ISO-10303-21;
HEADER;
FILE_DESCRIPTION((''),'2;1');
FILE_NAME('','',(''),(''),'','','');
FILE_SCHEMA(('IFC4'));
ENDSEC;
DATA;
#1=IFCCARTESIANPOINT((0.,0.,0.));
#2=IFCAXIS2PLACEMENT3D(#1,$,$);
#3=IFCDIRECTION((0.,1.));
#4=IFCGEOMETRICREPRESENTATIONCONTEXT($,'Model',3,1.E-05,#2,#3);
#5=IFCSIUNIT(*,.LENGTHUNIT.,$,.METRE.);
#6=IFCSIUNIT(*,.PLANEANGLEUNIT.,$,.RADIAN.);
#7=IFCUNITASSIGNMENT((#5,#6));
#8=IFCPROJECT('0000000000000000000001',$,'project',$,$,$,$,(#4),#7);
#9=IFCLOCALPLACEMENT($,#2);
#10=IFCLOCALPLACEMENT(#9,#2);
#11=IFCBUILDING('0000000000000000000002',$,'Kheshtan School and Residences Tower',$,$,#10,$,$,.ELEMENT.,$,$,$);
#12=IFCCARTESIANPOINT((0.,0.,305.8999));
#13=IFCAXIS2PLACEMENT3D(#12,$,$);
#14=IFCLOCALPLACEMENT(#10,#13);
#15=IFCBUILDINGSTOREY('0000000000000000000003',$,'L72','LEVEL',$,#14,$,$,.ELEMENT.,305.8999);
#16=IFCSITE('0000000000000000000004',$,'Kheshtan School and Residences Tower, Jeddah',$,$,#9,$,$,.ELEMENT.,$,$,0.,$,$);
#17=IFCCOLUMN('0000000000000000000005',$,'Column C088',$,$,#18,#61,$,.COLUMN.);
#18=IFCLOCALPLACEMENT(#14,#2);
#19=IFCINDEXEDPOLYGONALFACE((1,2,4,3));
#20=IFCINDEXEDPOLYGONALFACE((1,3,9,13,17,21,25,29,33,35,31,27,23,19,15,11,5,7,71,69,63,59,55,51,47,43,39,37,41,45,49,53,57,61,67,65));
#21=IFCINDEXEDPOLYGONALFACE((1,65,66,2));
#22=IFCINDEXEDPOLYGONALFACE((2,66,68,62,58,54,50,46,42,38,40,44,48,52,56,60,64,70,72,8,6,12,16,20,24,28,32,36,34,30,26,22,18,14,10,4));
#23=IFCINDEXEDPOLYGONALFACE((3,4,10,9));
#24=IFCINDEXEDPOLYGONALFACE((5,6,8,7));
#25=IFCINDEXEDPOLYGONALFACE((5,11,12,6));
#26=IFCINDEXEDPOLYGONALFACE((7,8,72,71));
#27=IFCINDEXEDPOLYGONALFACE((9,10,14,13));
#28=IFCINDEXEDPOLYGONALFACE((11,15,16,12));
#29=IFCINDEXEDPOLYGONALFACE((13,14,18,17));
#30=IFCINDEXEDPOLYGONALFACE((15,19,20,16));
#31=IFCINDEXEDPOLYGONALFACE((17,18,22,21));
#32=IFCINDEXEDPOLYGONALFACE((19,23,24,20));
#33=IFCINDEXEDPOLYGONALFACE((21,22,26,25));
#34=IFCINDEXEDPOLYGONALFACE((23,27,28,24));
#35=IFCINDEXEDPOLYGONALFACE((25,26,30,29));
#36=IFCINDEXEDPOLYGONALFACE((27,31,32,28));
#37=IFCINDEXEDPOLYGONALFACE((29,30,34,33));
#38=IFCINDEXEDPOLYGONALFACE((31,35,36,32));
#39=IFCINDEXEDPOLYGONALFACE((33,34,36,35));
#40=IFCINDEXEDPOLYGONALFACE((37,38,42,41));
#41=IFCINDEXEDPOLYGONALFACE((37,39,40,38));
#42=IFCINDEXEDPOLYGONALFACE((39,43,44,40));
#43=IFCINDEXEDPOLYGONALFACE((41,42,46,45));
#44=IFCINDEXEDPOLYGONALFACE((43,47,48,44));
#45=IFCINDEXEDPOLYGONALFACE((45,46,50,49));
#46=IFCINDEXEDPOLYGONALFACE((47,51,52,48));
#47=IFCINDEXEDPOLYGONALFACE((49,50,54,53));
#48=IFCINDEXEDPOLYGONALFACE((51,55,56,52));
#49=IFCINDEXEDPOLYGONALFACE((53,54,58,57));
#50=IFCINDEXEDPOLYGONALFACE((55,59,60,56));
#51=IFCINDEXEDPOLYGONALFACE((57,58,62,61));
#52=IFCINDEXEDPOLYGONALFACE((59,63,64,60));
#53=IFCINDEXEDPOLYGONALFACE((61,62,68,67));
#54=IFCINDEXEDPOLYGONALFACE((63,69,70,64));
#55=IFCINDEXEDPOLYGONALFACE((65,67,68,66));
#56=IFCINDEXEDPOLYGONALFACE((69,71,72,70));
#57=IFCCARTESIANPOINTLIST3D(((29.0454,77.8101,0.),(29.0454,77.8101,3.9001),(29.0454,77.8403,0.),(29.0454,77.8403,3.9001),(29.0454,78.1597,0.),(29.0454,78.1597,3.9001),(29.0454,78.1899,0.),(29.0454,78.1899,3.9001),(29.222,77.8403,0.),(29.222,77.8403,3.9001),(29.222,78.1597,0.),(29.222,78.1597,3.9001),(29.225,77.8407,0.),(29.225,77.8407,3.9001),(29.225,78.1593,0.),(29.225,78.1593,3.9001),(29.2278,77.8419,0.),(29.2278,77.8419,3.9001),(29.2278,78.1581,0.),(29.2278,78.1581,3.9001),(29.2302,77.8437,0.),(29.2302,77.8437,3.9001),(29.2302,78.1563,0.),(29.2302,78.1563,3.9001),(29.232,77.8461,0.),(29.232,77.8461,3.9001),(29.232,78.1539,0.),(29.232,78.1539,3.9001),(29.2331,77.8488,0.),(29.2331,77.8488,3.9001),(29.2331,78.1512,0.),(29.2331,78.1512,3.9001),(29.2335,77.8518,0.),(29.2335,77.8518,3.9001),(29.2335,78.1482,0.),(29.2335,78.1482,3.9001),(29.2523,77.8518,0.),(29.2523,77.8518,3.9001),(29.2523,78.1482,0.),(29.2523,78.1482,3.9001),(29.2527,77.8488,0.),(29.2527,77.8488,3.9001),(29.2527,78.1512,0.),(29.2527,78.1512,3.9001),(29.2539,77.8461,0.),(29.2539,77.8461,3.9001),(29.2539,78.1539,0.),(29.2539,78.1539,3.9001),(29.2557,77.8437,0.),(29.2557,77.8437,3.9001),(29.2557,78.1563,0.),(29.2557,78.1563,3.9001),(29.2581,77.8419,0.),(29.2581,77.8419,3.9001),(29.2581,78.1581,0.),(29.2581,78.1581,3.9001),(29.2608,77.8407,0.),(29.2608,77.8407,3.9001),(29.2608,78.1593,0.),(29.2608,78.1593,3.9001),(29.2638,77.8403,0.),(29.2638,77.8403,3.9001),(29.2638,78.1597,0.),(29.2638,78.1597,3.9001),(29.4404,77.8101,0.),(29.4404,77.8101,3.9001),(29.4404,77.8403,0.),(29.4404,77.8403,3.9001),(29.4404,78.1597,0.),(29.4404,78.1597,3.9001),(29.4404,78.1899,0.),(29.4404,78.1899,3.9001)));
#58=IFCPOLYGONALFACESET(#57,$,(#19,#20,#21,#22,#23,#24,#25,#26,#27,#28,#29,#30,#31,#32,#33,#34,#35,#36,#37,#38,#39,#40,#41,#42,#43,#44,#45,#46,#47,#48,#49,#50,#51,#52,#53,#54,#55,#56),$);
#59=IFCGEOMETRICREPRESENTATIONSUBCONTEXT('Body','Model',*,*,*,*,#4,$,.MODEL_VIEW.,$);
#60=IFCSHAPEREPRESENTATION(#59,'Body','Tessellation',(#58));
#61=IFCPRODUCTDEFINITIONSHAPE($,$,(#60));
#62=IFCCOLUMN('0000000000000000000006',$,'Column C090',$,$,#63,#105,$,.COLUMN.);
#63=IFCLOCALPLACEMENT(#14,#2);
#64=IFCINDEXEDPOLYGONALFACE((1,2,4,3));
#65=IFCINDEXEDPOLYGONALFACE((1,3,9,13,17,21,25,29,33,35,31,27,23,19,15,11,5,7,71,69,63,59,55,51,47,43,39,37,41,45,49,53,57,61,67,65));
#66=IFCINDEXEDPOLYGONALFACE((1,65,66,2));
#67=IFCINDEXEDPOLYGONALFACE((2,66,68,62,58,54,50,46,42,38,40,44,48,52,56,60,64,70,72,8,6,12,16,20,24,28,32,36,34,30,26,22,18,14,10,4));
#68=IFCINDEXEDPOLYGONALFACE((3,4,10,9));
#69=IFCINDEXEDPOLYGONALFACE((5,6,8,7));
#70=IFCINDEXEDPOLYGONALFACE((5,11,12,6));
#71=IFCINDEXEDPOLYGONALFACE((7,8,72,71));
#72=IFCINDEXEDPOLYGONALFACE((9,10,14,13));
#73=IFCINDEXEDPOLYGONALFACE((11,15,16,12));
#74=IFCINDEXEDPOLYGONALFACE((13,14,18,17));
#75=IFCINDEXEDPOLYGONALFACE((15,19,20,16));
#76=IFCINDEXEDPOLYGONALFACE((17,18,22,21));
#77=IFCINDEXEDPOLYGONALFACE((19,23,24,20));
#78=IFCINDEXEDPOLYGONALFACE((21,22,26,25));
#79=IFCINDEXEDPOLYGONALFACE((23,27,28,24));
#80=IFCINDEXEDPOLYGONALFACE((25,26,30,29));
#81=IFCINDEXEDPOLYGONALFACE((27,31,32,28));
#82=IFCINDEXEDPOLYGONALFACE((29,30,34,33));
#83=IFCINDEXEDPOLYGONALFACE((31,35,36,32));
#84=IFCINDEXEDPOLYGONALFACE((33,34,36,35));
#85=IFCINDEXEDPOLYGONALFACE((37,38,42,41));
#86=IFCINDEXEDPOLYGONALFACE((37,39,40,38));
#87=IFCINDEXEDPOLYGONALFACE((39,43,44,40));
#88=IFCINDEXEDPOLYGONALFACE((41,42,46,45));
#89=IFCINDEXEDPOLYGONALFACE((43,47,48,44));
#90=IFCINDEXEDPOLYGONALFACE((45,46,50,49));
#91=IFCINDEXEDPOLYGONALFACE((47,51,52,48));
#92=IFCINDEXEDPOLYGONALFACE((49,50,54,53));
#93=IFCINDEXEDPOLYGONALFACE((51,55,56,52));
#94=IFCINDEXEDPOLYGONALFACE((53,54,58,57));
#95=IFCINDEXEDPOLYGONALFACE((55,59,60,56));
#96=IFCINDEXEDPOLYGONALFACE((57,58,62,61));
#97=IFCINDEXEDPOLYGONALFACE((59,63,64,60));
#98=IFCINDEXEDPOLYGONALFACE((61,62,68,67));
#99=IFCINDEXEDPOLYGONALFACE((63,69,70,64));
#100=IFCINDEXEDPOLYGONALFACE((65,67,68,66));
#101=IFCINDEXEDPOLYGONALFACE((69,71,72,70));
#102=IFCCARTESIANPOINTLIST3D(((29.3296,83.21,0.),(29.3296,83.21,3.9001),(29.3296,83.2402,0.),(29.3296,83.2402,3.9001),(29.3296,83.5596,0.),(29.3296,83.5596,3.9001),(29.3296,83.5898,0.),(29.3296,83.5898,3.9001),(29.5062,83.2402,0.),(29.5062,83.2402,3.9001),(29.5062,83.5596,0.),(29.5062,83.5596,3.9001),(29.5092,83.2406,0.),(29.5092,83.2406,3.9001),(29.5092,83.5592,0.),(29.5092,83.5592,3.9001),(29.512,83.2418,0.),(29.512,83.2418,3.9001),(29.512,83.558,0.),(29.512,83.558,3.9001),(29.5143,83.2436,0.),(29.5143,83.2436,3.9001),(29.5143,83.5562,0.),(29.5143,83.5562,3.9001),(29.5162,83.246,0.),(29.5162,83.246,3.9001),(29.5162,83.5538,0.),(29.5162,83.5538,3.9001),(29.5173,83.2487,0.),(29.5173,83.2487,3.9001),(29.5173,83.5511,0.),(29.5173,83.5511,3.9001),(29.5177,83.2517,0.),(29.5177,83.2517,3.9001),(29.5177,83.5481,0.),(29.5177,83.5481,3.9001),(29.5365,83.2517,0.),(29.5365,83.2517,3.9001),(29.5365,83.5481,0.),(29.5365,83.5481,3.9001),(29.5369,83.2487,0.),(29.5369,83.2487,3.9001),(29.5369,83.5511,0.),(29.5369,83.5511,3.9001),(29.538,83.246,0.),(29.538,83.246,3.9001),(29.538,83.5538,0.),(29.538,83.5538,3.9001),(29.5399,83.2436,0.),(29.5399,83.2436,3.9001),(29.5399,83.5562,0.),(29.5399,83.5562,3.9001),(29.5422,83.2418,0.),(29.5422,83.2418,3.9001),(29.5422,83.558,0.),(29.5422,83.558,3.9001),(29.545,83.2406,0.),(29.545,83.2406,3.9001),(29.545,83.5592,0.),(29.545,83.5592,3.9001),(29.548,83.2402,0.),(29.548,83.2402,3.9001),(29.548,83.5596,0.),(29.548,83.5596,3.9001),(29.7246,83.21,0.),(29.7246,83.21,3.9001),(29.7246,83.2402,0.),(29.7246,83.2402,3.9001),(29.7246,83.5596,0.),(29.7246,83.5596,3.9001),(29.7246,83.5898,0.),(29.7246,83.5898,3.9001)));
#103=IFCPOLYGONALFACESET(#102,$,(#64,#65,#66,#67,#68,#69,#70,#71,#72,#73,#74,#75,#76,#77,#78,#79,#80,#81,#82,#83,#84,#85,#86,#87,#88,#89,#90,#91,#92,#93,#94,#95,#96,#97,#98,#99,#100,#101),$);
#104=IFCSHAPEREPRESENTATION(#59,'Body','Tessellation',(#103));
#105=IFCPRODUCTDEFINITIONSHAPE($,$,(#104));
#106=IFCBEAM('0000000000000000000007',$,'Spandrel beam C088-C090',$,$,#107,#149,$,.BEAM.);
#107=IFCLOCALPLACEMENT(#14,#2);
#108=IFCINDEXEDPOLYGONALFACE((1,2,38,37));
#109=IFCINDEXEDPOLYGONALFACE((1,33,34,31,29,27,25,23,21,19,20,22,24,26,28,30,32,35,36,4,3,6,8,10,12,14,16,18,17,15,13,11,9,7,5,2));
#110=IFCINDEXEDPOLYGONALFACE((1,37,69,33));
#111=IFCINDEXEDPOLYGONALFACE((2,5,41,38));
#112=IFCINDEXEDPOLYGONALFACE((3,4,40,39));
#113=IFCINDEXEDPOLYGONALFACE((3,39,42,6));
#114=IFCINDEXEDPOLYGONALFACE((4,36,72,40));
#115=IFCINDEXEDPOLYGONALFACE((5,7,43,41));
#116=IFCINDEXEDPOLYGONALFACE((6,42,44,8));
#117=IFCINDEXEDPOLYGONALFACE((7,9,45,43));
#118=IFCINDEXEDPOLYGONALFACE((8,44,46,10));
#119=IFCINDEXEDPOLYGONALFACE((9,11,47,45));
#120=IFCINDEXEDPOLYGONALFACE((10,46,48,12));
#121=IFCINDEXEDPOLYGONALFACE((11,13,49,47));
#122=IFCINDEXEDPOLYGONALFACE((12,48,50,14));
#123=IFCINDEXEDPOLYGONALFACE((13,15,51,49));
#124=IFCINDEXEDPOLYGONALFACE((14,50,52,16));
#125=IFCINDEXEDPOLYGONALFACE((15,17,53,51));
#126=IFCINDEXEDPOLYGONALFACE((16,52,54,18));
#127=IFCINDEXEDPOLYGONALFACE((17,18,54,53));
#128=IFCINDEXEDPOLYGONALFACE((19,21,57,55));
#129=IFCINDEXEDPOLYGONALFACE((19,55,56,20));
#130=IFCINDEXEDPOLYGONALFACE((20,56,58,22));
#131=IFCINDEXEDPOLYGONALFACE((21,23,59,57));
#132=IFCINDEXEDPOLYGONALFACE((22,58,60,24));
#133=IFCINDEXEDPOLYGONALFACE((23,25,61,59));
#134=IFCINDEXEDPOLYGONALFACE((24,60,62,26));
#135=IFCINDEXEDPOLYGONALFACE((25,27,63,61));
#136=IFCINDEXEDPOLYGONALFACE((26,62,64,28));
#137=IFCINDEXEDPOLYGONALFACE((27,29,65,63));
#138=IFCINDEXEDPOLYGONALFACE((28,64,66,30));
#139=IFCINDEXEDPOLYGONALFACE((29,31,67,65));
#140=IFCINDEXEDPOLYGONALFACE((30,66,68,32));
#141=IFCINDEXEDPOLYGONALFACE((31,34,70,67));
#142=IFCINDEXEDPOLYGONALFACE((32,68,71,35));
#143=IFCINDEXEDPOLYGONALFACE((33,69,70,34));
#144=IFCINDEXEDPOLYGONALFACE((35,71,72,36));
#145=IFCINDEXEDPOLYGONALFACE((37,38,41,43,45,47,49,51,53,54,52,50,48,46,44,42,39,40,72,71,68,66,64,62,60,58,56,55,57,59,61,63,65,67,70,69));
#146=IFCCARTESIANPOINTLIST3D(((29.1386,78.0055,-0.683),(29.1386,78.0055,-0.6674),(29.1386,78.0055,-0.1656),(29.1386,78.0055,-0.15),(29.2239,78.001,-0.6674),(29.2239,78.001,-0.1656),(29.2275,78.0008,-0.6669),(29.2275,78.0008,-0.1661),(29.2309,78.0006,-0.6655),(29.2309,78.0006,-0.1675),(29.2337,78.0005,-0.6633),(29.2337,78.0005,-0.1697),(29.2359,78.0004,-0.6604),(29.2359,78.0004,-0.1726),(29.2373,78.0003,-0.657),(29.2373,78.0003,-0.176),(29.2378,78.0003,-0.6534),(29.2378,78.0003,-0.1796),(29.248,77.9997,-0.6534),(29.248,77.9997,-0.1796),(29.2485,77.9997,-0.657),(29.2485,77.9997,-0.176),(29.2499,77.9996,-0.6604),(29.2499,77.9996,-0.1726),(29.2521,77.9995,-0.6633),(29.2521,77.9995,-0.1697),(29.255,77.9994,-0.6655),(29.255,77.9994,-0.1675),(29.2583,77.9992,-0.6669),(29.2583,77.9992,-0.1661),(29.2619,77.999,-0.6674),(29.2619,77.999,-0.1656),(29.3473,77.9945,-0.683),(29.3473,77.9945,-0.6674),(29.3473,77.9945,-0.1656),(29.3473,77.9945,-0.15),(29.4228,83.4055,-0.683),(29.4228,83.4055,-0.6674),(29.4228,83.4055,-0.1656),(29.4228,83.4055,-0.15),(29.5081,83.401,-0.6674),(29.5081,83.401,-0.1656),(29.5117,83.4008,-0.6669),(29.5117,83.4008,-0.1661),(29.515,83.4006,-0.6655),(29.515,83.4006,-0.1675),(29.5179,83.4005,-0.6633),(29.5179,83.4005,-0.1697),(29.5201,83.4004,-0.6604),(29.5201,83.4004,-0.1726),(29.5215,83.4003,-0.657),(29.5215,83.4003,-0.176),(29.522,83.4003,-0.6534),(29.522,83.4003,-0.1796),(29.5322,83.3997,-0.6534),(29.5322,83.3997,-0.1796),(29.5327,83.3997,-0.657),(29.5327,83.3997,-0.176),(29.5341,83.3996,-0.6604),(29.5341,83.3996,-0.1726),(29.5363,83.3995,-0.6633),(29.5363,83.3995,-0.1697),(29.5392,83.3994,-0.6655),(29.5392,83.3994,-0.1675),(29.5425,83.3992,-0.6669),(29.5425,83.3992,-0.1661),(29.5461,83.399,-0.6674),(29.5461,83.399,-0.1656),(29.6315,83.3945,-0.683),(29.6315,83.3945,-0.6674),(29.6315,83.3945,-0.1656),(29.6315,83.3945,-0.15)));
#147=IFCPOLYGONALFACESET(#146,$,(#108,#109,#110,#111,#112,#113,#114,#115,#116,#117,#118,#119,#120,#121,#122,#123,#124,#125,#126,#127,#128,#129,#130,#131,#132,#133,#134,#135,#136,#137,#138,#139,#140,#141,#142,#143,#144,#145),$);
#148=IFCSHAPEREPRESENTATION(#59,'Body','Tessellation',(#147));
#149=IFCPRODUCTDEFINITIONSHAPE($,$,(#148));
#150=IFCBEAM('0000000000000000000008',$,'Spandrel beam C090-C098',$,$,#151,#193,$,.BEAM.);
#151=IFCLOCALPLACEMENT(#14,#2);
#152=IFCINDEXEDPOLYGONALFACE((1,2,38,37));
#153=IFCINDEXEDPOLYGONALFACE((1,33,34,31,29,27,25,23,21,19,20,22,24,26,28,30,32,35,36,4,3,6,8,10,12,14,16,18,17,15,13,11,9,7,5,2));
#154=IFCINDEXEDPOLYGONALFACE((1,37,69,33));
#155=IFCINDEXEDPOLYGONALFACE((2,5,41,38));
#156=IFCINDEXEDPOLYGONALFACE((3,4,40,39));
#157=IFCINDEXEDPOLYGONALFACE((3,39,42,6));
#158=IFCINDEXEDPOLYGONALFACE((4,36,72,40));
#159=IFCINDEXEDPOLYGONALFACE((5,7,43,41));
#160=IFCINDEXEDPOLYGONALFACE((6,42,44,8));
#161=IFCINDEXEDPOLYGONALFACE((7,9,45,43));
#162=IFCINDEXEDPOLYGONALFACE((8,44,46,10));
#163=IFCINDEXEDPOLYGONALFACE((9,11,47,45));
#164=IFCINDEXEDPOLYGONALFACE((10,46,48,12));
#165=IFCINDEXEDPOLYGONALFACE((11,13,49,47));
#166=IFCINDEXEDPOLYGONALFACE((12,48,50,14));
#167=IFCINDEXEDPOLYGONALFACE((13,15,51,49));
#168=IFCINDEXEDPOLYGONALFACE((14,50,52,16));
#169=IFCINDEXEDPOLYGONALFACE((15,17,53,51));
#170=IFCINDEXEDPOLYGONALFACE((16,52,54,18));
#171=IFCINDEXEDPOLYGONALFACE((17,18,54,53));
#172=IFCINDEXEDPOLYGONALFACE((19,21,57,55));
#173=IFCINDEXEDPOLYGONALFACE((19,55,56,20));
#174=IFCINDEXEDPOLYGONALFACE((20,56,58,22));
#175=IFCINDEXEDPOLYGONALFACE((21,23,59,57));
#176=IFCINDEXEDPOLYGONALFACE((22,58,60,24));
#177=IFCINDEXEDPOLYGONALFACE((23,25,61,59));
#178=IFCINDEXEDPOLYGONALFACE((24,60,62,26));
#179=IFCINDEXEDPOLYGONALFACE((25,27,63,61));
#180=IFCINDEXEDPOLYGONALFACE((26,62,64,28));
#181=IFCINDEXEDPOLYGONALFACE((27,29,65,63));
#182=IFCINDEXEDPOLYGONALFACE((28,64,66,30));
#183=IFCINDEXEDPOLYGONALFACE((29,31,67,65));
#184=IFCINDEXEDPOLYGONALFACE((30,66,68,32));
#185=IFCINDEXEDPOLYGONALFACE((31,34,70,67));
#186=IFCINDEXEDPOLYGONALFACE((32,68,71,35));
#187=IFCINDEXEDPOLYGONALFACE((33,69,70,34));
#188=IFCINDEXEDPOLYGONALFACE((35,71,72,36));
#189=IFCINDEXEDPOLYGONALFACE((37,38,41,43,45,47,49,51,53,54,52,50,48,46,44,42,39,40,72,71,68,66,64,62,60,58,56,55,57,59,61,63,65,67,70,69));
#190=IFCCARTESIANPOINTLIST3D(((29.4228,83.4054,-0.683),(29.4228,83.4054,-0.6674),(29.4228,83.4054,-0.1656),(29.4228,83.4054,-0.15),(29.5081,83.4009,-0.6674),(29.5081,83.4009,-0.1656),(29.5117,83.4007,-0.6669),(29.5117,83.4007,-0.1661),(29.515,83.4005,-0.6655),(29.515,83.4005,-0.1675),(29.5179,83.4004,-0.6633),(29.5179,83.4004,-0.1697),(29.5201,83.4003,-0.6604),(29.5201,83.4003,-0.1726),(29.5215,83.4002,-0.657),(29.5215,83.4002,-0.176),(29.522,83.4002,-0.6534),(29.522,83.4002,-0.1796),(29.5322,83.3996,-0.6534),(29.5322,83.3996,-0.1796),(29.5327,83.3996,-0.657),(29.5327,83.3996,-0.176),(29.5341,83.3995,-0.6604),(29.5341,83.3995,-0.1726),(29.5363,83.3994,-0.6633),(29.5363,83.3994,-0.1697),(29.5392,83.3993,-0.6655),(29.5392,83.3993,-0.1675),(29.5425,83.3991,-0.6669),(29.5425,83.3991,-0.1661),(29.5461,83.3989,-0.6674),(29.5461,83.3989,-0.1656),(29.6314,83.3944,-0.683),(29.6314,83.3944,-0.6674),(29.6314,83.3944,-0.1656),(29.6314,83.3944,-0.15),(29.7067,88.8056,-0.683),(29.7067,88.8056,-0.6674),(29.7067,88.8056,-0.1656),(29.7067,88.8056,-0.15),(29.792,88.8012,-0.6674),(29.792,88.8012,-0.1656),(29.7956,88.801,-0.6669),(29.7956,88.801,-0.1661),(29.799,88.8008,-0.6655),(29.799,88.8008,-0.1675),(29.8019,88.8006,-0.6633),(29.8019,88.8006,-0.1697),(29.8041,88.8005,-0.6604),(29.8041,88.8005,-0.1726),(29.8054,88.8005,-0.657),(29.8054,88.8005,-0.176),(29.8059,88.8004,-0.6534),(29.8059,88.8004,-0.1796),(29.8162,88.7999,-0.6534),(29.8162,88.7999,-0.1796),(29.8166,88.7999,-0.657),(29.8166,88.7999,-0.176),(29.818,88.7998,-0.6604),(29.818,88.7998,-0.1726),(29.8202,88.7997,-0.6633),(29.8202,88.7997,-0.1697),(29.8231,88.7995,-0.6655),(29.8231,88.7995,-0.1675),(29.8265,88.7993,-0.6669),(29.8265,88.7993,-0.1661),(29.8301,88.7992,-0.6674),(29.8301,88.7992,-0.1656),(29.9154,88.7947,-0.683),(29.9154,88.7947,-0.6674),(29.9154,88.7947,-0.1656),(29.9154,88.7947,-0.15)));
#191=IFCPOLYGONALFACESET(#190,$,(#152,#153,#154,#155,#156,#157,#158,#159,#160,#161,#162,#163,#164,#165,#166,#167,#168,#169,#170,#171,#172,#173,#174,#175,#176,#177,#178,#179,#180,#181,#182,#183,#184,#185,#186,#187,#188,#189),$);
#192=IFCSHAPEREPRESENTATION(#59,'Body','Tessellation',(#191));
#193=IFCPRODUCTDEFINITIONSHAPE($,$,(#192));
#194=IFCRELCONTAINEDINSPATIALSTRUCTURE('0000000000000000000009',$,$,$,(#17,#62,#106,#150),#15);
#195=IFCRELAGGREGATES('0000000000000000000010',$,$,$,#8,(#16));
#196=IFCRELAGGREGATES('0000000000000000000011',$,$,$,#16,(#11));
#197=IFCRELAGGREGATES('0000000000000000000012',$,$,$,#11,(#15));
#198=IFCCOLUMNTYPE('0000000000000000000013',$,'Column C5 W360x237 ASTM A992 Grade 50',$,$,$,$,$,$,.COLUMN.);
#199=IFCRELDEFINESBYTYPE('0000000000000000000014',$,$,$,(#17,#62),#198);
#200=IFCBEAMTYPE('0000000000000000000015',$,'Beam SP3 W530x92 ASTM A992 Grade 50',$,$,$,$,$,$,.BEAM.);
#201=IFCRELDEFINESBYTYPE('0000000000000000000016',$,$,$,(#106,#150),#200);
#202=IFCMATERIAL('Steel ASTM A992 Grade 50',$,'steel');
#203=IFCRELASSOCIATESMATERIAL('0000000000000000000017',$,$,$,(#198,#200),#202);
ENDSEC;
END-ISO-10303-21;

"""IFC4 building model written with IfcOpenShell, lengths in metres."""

from ifc_helpers import new_model, si_unit, direction, frame, origin, origin_2d, place, context, subcontext, project, spatial, i_section, extrude, material, material_profile, profile_set, type_object, element, save


model = new_model("IFC4")

# Units and contexts
model_context = context("Model", 3, precision=1e-05, world=origin(), true_north=direction((0.0, 1.0)))
body_context = subcontext(model_context, "Body", "Model", "MODEL_VIEW")
ifc_project = project(units=[si_unit("LENGTHUNIT", "METRE"), si_unit("PLANEANGLEUNIT", "RADIAN")], contexts=[model_context])

# Site, building, storey
site_placement = place(None, origin())
site = spatial("IfcSite", under=ifc_project, at=site_placement, Name="Kheshtan School and Residences Tower, Jeddah", CompositionType="ELEMENT", RefElevation=0.0)
building_placement = place(site_placement, origin())
building = spatial("IfcBuilding", under=site, at=building_placement, Name="Kheshtan School and Residences Tower", CompositionType="ELEMENT")
storey_placement = place(building_placement, frame((0.0, 0.0, 305.8999)))
storey = spatial("IfcBuildingStorey", under=building, at=storey_placement, Name="L72", Description="LEVEL", CompositionType="ELEMENT", Elevation=305.8999)

# Columns
ifc_material_1 = material(Name="Steel ASTM A992 Grade 50", Category="steel")
ifc_material_profile_1 = material_profile(ifc_material_1, i_section(OverallWidth=0.395, OverallDepth=0.3799, WebThickness=0.0188, FlangeThickness=0.0303, FilletRadius=0.0115, at=origin_2d()), Name="W360x237")
ifc_profile_set_1 = profile_set([ifc_material_profile_1], Name="Steel ASTM A992 Grade 50")
column_type = type_object("IfcColumnType", Name="Column C5 W360x237 ASTM A992 Grade 50", PredefinedType="COLUMN", material=ifc_profile_set_1)
for number, where, z_axis, x_axis, name in (
    (1, (29.2429, 78.0, 0.0), (0.0, 0.0, 1.0), (1.0, 0.0, 0.0), "Column C088"),
    (2, (29.5271, 83.3999, 0.0), (0.0, 0.0, 1.0), (1.0, 0.0, 0.0), "Column C090"),
):
    element("IfcColumn", number, at=place(storey_placement, frame(where, z_axis=z_axis, x_axis=x_axis)), inside=storey, type_object=column_type, Name=name, PredefinedType="COLUMN", context=body_context, shape_type="SweptSolid", body=[
        extrude(i_section(OverallWidth=0.395, OverallDepth=0.3799, WebThickness=0.0188, FlangeThickness=0.0303, FilletRadius=0.0115, at=origin_2d()), origin(), (0.0, 0.0, 1.0), 3.9001),
    ])

# Beams
ifc_material_profile_2 = material_profile(ifc_material_1, i_section(OverallWidth=0.209, OverallDepth=0.533, WebThickness=0.0103, FlangeThickness=0.0156, FilletRadius=0.0139, at=origin_2d()), Name="W530x92")
ifc_profile_set_2 = profile_set([ifc_material_profile_2], Name="Steel ASTM A992 Grade 50")
beam_type = type_object("IfcBeamType", Name="Beam SP3 W530x92 ASTM A992 Grade 50", PredefinedType="BEAM", material=ifc_profile_set_2)
beam_1_placement = place(storey_placement, frame((29.2429, 78.0, -0.4165), z_axis=(0.052554, 0.998618, 0.0), x_axis=(-0.998618, 0.052554, 0.0)))
element("IfcBeam", 3, at=beam_1_placement, inside=storey, type_object=beam_type, Name="Spandrel beam C088-C090", PredefinedType="BEAM", context=body_context, shape_type="SweptSolid", body=[
    extrude(i_section(OverallWidth=0.209, OverallDepth=0.533, WebThickness=0.0103, FlangeThickness=0.0156, FilletRadius=0.0139, at=origin_2d()), origin(), (0.0, 0.0, 1.0), 5.4075),
])
beam_2_placement = place(storey_placement, frame((29.5271, 83.3999, -0.4165), z_axis=(0.052507, 0.998621, 0.0), x_axis=(-0.998621, 0.052507, 0.0)))
element("IfcBeam", 4, at=beam_2_placement, inside=storey, type_object=beam_type, Name="Spandrel beam C090-C098", PredefinedType="BEAM", context=body_context, shape_type="SweptSolid", body=[
    extrude(i_section(OverallWidth=0.209, OverallDepth=0.533, WebThickness=0.0103, FlangeThickness=0.0156, FilletRadius=0.0139, at=origin_2d()), origin(), (0.0, 0.0, 1.0), 5.4077),
])

save(model, "model.ifc")
